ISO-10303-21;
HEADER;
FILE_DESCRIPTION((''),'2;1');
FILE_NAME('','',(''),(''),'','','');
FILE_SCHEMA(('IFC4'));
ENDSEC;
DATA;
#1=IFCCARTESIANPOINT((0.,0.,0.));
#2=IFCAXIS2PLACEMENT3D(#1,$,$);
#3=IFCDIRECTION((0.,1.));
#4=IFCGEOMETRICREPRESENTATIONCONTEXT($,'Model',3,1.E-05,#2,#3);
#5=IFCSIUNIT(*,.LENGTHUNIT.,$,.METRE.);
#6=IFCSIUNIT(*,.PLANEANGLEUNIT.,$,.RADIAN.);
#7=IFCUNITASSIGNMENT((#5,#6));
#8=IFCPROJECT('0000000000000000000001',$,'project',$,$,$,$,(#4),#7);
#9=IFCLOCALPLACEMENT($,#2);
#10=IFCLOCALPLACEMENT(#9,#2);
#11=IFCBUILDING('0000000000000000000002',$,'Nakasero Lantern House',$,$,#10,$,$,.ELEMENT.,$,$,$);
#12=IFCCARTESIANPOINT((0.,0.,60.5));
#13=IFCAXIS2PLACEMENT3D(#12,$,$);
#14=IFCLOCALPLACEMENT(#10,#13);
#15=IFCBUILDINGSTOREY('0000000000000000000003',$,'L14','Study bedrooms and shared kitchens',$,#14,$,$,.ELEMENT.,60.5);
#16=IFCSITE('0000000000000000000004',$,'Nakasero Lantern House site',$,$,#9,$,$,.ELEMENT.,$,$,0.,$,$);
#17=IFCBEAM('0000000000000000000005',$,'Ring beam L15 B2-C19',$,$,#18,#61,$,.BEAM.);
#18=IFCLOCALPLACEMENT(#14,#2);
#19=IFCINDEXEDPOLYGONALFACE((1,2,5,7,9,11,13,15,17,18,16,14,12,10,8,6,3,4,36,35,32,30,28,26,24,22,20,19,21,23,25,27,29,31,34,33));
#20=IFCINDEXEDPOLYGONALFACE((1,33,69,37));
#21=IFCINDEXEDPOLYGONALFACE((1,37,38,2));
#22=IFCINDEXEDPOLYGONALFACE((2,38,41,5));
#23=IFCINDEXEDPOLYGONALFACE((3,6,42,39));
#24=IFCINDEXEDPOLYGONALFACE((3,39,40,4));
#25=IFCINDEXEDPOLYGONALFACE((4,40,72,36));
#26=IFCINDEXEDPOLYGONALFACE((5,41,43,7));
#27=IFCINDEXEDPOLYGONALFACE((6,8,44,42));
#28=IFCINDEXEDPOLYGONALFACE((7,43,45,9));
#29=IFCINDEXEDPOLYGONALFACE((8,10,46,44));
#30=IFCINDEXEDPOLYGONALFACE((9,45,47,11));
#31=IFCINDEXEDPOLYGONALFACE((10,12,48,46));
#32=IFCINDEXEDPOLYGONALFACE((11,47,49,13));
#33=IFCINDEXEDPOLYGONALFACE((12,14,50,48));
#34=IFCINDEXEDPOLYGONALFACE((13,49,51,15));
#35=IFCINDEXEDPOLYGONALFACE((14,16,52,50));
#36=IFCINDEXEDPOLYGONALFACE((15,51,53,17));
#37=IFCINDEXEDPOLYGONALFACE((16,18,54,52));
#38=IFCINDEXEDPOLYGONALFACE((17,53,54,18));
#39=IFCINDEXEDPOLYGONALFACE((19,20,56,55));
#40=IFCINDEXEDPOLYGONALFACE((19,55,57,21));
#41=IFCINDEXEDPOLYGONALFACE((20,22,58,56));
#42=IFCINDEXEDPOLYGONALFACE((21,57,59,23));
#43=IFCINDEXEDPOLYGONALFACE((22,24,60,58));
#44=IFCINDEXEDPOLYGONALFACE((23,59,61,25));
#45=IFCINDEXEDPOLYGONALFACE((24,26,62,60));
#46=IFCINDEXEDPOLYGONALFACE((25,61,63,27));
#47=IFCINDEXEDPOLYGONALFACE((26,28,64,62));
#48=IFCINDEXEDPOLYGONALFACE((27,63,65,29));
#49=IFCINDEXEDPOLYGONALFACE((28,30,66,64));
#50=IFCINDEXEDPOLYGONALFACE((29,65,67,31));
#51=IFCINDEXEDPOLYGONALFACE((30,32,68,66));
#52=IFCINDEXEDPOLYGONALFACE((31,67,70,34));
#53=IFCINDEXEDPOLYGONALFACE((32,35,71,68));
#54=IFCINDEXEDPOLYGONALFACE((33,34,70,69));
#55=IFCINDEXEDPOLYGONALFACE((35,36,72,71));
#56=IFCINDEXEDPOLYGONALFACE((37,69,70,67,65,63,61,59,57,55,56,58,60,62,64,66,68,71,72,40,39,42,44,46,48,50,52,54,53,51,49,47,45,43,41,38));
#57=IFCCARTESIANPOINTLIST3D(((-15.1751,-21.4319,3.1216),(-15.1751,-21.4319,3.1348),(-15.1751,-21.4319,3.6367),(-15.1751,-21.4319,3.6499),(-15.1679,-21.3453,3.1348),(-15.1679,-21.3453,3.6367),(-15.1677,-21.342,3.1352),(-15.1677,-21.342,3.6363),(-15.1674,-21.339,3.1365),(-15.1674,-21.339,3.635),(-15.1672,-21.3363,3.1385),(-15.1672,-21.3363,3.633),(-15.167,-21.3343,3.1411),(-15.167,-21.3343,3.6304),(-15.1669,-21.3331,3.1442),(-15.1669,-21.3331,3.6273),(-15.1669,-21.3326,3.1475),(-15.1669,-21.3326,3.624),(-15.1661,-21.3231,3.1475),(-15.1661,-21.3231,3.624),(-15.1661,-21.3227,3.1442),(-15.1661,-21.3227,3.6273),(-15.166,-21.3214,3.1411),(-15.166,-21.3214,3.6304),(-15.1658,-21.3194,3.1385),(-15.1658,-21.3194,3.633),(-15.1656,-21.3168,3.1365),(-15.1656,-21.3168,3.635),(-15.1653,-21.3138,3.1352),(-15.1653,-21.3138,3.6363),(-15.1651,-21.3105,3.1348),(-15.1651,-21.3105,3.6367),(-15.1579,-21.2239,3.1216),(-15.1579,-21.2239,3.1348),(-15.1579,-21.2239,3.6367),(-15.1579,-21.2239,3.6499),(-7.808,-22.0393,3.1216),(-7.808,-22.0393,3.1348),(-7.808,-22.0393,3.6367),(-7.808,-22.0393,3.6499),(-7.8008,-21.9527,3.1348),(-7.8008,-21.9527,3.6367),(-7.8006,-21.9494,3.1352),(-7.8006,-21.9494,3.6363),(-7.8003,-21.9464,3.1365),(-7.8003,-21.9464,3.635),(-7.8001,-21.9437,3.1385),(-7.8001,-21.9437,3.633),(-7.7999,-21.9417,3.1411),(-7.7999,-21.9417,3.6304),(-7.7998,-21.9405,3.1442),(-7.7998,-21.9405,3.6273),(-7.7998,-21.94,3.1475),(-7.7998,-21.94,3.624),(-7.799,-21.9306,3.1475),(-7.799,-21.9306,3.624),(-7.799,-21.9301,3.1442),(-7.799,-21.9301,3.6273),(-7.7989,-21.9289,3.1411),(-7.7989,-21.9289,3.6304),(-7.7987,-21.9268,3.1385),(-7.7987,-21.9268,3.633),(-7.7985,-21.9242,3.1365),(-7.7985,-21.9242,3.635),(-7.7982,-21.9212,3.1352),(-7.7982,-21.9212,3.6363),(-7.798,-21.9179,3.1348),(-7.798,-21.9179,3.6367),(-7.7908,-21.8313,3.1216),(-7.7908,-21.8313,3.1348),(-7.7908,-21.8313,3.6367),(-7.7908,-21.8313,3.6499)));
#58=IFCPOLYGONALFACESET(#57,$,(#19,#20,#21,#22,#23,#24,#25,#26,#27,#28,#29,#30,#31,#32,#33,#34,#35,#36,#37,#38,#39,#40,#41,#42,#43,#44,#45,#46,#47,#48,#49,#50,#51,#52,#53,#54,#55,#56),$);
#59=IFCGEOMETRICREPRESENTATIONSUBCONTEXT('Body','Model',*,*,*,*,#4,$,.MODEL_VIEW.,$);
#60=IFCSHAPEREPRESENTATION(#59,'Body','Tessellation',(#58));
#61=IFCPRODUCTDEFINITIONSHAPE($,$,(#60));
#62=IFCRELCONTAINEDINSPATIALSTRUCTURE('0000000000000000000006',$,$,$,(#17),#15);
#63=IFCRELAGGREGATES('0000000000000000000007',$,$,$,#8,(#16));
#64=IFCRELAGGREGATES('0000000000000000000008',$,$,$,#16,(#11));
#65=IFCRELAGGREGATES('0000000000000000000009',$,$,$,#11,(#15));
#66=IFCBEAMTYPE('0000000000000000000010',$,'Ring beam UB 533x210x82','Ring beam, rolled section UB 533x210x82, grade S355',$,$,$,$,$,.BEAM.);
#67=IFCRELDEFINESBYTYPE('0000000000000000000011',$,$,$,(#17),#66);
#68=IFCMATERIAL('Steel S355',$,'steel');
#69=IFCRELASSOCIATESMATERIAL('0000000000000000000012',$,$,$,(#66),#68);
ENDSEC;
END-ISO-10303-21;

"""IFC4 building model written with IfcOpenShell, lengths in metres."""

from ifc_helpers import new_model, si_unit, direction, frame, origin, origin_2d, place, context, subcontext, project, spatial, i_section, extrude, material, material_profile, profile_set, type_object, element, save


model = new_model("IFC4")

# Units and contexts
model_context = context("Model", 3, precision=1e-05, world=origin(), true_north=direction((0.0, 1.0)))
body_context = subcontext(model_context, "Body", "Model", "MODEL_VIEW")
ifc_project = project(units=[si_unit("LENGTHUNIT", "METRE"), si_unit("PLANEANGLEUNIT", "RADIAN")], contexts=[model_context])

# Site, building, storey
site_placement = place(None, origin())
site = spatial("IfcSite", under=ifc_project, at=site_placement, Name="Nakasero Lantern House site", CompositionType="ELEMENT", RefElevation=0.0)
building_placement = place(site_placement, origin())
building = spatial("IfcBuilding", under=site, at=building_placement, Name="Nakasero Lantern House", CompositionType="ELEMENT")
storey_placement = place(building_placement, frame((0.0, 0.0, 60.5)))
storey = spatial("IfcBuildingStorey", under=building, at=storey_placement, Name="L14", Description="Study bedrooms and shared kitchens", CompositionType="ELEMENT", Elevation=60.5)

# Beam
ifc_material_1 = material(Name="Steel S355", Category="steel")
ifc_material_profile_1 = material_profile(ifc_material_1, i_section(OverallWidth=0.2087, OverallDepth=0.5283, WebThickness=0.0095, FlangeThickness=0.0132, FilletRadius=0.0127, at=origin_2d()), Name="UB 533x210x82")
ifc_profile_set_1 = profile_set([ifc_material_profile_1], Name="Steel S355")
beam_type_1 = type_object("IfcBeamType", Name="Ring beam UB 533x210x82", Description="Ring beam, rolled section UB 533x210x82, grade S355", PredefinedType="BEAM", material=ifc_profile_set_1)
beam_1_placement = place(storey_placement, frame((-15.1665, -21.3279, 3.3857), z_axis=(0.996618, -0.082171, 0.0), x_axis=(0.082171, 0.996618, 0.0)))
element("IfcBeam", 1, at=beam_1_placement, inside=storey, type_object=beam_type_1, Name="Ring beam L15 B2-C19", PredefinedType="BEAM", context=body_context, shape_type="SweptSolid", body=[
    extrude(i_section(OverallWidth=0.2087, OverallDepth=0.5283, WebThickness=0.0095, FlangeThickness=0.0132, FilletRadius=0.0127, at=origin_2d()), origin(), (0.0, 0.0, 1.0), 7.3921),
])

save(model, "model.ifc")
